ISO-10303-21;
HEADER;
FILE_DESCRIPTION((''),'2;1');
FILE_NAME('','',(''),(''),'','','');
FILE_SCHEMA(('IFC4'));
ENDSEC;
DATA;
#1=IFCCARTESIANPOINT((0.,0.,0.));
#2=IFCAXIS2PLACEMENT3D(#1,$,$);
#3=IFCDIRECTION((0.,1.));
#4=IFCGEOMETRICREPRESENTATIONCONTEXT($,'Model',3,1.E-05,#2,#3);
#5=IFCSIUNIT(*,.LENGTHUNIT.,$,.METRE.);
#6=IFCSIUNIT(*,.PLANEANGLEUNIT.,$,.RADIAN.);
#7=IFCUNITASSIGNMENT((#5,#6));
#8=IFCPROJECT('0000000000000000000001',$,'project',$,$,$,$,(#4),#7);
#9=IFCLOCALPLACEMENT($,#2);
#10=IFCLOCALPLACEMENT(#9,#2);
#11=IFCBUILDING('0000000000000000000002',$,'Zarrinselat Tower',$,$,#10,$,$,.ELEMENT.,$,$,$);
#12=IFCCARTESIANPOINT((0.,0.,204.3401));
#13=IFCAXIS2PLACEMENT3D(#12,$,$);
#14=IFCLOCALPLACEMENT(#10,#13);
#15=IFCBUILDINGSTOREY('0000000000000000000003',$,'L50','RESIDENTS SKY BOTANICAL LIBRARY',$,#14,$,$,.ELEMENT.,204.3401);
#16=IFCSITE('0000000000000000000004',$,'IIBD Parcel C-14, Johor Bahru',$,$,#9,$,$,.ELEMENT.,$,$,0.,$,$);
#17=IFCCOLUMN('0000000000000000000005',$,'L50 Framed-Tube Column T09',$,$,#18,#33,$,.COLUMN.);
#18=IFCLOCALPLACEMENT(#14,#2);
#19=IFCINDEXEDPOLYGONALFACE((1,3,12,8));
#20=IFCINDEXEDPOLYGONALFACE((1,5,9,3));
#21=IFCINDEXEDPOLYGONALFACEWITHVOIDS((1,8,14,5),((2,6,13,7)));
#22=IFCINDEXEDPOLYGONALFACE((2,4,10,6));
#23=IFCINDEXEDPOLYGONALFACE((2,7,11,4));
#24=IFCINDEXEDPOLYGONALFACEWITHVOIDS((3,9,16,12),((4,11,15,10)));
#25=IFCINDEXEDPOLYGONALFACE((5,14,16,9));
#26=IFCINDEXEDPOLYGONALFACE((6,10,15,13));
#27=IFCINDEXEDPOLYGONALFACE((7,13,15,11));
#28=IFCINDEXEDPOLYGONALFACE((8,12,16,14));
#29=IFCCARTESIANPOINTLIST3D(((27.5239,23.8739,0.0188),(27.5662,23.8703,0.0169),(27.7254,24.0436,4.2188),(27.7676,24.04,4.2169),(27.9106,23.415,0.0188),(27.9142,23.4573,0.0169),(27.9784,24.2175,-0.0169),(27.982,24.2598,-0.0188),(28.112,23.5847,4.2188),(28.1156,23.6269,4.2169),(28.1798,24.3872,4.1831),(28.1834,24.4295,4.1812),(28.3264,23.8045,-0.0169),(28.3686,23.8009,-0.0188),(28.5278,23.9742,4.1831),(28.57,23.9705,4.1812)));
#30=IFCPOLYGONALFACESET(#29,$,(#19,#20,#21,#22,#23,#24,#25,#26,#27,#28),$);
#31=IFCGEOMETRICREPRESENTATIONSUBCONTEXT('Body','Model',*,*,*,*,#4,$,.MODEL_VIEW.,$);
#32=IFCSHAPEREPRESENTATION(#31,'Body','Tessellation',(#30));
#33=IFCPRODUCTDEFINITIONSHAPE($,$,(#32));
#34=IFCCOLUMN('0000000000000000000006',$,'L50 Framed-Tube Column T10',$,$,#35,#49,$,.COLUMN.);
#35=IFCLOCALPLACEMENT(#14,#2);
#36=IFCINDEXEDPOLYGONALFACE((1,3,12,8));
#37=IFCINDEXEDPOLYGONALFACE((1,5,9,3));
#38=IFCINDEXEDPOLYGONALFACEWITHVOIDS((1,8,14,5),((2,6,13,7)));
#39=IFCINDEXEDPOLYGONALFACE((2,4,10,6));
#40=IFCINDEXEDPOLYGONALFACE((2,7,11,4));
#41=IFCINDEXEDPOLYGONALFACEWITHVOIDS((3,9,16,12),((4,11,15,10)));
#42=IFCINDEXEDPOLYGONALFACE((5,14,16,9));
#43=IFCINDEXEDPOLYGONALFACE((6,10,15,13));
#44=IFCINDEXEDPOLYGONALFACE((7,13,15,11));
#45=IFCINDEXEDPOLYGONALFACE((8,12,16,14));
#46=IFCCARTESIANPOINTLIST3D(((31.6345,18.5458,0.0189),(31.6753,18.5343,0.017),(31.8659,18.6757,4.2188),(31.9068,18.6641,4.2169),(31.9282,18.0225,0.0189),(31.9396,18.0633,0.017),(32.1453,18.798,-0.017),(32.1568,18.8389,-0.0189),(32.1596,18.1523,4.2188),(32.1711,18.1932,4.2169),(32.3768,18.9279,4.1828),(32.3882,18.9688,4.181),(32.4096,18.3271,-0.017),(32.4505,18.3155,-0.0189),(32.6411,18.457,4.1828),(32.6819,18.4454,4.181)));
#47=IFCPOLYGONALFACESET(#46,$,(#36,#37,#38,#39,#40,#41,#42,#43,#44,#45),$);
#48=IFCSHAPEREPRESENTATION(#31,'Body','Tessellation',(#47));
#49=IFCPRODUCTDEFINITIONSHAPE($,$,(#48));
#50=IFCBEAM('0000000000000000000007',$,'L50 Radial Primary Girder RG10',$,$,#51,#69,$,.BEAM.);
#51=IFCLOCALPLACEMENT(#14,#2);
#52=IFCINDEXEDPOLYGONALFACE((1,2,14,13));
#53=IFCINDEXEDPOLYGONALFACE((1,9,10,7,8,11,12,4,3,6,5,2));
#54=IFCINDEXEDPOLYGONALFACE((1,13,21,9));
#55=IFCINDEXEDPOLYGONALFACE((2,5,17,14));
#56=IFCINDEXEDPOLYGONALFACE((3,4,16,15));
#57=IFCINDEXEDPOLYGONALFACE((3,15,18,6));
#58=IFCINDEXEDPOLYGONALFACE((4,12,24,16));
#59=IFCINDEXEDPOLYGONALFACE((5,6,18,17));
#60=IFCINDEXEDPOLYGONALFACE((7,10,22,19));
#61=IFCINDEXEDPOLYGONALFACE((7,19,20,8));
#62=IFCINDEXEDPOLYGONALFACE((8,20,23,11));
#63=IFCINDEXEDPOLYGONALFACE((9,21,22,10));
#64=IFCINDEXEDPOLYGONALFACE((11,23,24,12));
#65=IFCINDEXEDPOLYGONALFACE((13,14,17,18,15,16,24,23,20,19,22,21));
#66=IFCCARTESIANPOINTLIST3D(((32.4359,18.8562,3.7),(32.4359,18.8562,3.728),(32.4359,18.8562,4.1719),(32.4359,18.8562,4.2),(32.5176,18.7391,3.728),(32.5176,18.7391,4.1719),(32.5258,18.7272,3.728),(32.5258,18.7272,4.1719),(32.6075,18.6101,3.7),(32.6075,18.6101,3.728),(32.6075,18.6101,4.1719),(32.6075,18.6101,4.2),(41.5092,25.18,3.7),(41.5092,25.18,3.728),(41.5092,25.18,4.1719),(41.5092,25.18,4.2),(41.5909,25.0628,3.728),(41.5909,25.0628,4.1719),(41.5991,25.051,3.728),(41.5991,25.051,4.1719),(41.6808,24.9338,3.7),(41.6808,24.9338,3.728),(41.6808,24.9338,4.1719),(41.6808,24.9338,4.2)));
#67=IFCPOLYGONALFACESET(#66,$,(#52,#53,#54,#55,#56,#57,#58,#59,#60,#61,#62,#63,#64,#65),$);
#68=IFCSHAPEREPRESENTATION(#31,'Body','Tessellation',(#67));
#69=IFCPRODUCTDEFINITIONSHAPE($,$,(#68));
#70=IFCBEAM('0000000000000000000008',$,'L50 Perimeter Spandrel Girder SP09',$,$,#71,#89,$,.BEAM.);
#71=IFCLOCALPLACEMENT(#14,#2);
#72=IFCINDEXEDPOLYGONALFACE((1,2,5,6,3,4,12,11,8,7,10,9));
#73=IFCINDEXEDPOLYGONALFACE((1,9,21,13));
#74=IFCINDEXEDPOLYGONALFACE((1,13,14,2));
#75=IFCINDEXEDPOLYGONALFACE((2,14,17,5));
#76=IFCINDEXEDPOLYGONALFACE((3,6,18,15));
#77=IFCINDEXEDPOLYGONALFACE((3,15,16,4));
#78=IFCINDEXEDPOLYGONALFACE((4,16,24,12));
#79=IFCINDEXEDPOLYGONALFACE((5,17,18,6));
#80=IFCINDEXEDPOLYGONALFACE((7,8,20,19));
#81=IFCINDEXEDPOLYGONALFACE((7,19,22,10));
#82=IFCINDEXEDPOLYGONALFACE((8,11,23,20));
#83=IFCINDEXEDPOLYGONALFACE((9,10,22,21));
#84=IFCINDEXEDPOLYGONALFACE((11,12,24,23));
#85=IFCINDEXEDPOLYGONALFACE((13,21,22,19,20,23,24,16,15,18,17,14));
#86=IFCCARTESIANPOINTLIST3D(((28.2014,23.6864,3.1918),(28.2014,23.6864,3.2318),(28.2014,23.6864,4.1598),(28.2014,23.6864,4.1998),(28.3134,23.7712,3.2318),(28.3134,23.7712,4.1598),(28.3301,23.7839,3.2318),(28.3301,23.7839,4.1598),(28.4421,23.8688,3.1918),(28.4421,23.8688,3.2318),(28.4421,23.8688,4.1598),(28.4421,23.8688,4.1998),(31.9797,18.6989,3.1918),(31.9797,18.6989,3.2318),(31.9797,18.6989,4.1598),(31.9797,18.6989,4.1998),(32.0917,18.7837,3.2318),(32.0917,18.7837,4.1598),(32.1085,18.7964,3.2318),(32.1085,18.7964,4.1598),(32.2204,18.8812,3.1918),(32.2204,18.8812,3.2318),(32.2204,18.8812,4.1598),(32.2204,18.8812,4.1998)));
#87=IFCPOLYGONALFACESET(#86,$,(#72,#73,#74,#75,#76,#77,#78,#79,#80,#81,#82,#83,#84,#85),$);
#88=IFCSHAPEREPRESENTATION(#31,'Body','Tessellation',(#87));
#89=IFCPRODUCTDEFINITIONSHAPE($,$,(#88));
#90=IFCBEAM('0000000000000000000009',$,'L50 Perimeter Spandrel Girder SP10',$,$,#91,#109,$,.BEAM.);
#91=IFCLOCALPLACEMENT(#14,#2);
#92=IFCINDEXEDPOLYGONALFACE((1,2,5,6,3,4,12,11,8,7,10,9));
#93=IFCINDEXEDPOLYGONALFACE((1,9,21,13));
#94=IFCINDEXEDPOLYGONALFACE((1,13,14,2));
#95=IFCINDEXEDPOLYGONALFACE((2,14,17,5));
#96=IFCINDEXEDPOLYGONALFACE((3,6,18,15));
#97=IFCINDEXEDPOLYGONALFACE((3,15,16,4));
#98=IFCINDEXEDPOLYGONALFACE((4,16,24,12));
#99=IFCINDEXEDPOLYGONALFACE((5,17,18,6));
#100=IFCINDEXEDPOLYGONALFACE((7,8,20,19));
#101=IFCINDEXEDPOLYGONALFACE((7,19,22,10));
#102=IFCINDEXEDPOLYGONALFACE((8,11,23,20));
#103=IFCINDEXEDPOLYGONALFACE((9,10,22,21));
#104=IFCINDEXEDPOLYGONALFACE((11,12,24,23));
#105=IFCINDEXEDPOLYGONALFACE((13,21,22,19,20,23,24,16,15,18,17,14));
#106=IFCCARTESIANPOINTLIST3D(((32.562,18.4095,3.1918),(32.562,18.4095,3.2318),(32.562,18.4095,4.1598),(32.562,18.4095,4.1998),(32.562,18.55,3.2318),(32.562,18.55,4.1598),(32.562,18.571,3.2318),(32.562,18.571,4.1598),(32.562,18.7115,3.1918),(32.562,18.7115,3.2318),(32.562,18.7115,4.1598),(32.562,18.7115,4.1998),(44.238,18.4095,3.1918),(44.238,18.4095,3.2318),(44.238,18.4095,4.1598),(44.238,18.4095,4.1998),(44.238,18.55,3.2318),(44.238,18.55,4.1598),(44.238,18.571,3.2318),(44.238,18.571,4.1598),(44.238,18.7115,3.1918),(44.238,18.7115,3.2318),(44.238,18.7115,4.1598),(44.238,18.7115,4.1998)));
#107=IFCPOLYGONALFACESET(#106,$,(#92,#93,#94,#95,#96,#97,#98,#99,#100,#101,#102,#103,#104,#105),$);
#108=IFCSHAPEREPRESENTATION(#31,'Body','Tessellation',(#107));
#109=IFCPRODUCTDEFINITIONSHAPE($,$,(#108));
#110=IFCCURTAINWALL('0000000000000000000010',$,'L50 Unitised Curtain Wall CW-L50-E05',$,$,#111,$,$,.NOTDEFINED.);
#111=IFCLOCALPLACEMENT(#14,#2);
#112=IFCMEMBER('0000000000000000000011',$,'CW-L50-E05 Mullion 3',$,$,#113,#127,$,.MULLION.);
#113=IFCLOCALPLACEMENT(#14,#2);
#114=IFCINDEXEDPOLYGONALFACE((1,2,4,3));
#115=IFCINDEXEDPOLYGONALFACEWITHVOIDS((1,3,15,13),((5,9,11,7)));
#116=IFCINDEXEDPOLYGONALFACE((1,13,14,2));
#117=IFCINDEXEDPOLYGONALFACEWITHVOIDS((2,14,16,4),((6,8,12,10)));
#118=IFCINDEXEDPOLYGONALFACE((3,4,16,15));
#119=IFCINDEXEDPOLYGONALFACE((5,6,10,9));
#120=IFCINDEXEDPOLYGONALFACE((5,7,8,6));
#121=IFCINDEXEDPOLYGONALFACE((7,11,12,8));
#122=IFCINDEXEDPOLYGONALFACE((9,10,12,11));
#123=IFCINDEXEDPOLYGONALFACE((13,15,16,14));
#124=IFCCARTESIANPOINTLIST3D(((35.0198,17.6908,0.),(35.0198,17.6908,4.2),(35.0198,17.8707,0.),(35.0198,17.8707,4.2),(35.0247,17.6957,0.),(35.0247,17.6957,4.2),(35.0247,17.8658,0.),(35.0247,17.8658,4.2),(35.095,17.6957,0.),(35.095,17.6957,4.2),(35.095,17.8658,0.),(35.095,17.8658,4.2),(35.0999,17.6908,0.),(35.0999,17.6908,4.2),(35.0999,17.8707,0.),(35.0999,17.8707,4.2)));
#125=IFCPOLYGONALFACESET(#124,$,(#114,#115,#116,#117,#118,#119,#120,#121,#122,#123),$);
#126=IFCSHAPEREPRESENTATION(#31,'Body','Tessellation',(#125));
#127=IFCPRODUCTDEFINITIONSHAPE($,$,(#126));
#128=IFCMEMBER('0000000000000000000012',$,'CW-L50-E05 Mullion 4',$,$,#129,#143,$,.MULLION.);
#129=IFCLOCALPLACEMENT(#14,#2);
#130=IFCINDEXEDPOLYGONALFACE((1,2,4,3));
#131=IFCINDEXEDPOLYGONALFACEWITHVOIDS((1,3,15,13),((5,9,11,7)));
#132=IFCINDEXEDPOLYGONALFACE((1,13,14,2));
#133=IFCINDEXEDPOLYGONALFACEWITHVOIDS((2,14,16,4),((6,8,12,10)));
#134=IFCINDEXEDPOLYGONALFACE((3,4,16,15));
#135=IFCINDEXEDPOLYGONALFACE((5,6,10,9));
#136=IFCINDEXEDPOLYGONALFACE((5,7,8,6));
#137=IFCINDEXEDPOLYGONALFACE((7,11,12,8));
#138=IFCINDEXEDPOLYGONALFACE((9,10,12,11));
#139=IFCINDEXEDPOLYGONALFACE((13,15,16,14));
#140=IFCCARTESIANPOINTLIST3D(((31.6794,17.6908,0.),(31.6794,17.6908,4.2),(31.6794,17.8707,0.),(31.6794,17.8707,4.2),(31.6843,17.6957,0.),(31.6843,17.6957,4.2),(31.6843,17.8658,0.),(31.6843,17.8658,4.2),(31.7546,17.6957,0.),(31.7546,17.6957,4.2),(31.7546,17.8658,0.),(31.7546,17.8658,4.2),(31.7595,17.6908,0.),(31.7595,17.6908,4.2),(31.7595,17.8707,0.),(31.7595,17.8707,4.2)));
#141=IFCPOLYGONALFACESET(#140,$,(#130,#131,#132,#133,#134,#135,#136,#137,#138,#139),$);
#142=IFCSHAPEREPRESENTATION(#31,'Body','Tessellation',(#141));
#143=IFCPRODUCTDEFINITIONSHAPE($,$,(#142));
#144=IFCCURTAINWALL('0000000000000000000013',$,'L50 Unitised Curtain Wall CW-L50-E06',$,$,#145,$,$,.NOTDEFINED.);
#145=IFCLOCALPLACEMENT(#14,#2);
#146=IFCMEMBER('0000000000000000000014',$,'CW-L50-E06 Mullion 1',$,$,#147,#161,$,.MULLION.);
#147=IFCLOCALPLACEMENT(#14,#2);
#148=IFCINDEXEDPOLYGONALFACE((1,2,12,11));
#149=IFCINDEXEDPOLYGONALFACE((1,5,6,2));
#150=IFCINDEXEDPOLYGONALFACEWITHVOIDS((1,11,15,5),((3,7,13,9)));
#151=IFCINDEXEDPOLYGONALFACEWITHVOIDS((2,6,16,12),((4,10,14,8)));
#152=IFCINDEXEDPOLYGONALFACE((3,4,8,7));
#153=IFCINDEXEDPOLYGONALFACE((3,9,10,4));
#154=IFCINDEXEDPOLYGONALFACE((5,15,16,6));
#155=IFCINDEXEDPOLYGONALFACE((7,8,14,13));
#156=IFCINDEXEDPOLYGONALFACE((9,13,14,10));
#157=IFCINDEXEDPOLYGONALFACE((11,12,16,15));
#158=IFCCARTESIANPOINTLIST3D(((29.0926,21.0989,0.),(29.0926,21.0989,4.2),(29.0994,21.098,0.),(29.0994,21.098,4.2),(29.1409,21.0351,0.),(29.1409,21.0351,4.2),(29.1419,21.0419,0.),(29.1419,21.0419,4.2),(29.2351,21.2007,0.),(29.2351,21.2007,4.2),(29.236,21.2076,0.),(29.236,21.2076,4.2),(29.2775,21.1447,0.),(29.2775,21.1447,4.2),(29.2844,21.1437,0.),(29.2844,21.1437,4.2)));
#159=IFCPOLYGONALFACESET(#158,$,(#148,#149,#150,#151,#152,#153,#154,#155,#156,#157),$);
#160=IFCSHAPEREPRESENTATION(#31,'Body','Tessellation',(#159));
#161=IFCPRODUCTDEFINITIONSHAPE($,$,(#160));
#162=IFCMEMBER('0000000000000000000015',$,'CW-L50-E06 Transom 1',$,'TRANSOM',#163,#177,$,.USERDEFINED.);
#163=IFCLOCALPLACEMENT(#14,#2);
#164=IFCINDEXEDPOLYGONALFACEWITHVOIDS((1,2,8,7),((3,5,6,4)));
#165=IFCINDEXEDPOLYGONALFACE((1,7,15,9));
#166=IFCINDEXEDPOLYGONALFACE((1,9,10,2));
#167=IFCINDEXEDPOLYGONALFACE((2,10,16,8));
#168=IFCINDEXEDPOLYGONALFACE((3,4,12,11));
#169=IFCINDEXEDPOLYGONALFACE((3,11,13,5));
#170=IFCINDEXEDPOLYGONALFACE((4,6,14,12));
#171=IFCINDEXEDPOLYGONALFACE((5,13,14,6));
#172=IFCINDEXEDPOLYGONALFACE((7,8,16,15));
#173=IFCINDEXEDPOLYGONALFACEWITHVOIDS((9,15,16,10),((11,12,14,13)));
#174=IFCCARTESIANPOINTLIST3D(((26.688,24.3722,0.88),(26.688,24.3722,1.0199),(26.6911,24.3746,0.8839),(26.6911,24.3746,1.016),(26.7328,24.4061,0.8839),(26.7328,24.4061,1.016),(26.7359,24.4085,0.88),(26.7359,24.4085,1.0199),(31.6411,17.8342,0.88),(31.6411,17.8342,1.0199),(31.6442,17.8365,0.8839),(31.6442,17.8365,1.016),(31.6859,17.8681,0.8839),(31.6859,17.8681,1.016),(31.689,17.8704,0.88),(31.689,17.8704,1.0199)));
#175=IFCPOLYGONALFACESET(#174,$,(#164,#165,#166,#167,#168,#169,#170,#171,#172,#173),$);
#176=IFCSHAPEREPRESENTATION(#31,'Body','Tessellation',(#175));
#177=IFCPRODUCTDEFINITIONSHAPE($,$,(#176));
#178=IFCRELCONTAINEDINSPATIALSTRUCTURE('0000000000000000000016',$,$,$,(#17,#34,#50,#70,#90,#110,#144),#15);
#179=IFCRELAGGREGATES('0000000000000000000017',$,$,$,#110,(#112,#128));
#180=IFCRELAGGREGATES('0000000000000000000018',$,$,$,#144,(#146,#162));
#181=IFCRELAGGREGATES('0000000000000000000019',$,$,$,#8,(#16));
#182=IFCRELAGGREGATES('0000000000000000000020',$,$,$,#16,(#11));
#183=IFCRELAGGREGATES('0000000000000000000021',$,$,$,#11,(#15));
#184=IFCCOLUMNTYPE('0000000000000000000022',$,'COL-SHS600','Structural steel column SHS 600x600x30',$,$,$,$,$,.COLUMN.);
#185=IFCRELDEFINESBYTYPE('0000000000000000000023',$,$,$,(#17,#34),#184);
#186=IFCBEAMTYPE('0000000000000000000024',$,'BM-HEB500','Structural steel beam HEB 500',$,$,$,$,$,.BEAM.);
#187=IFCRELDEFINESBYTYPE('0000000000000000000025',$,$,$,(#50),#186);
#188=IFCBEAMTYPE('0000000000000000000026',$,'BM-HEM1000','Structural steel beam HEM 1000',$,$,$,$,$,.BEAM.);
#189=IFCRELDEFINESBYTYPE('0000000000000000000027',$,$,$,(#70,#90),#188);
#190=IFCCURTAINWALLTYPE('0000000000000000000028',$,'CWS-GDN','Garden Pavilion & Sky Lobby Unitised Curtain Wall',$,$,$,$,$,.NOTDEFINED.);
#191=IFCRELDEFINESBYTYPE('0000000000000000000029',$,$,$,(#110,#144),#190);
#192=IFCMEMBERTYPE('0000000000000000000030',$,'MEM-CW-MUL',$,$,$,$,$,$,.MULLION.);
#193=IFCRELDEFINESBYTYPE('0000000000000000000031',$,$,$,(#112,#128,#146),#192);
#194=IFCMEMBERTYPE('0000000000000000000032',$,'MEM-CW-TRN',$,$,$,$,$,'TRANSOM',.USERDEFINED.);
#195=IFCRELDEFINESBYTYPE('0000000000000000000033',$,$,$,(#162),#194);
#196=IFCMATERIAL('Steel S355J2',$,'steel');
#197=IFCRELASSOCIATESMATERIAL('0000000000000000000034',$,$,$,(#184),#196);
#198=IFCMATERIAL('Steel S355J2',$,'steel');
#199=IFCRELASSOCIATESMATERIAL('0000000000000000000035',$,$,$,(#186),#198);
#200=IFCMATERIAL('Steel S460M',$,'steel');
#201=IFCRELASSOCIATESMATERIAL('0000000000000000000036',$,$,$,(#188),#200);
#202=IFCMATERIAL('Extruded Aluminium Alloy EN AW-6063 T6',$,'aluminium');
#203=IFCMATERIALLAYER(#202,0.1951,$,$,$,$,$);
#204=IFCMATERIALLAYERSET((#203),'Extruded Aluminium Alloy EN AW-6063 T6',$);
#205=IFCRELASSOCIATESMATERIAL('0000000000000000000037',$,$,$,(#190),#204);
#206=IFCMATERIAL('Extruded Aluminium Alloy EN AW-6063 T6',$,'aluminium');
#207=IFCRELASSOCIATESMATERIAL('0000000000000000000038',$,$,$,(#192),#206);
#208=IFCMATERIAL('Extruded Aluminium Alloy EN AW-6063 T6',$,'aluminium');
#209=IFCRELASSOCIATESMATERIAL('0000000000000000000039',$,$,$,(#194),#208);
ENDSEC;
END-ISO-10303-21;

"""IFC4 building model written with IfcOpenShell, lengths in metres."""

from ifc_helpers import new_model, si_unit, direction, frame, origin, origin_2d, place, context, subcontext, project, spatial, hollow_rectangle, i_section, extrude, material, layer, layer_set, material_profile, profile_set, type_object, element, aggregate, save


model = new_model("IFC4")

# Units and contexts
model_context = context("Model", 3, precision=1e-05, world=origin(), true_north=direction((0.0, 1.0)))
body_context = subcontext(model_context, "Body", "Model", "MODEL_VIEW")
ifc_project = project(units=[si_unit("LENGTHUNIT", "METRE"), si_unit("PLANEANGLEUNIT", "RADIAN")], contexts=[model_context])

# Site, building, storey
site_placement = place(None, origin())
site = spatial("IfcSite", under=ifc_project, at=site_placement, Name="IIBD Parcel C-14, Johor Bahru", CompositionType="ELEMENT", RefElevation=0.0)
building_placement = place(site_placement, origin())
building = spatial("IfcBuilding", under=site, at=building_placement, Name="Zarrinselat Tower", CompositionType="ELEMENT")
storey_placement = place(building_placement, frame((0.0, 0.0, 204.3401)))
storey = spatial("IfcBuildingStorey", under=building, at=storey_placement, Name="L50", Description="RESIDENTS SKY BOTANICAL LIBRARY", CompositionType="ELEMENT", Elevation=204.3401)

# Columns
ifc_material_1 = material(Name="Steel S355J2", Category="steel")
ifc_material_profile_1 = material_profile(ifc_material_1, hollow_rectangle(XDim=0.6001, YDim=0.6001, WallThickness=0.03, at=origin_2d()), Name="SHS 600x600x30")
ifc_profile_set_1 = profile_set([ifc_material_profile_1], Name="Steel S355J2")
column_type = type_object("IfcColumnType", Name="COL-SHS600", Description="Structural steel column SHS 600x600x30", PredefinedType="COLUMN", material=ifc_profile_set_1)
for number, where, z_axis, x_axis, name in (
    (1, (27.9463, 23.8374, 0.0), (0.047863, 0.040321, 0.99804), (-0.644278, 0.764791, 0.0), "L50 Framed-Tube Column T09"),
    (2, (32.0425, 18.4307, 0.0), (0.054997, 0.030863, 0.998009), (-0.489387, 0.872066, 0.0), "L50 Framed-Tube Column T10"),
):
    element("IfcColumn", number, at=place(storey_placement, frame(where, z_axis=z_axis, x_axis=x_axis)), inside=storey, type_object=column_type, Name=name, PredefinedType="COLUMN", context=body_context, shape_type="SweptSolid", body=[
        extrude(hollow_rectangle(XDim=0.6001, YDim=0.6001, WallThickness=0.03, at=origin_2d()), origin(), (0.0, 0.0, 1.0), 4.2083),
    ])

# Beams
ifc_material_2 = material(Name="Steel S355J2", Category="steel")
ifc_material_profile_2 = material_profile(ifc_material_2, i_section(OverallWidth=0.3, OverallDepth=0.5, WebThickness=0.0144, FlangeThickness=0.0281, at=origin_2d()), Name="HEB 500")
ifc_profile_set_2 = profile_set([ifc_material_profile_2], Name="Steel S355J2")
beam_type_1 = type_object("IfcBeamType", Name="BM-HEB500", Description="Structural steel beam HEB 500", PredefinedType="BEAM", material=ifc_profile_set_2)
beam_1_placement = place(storey_placement, frame((32.5217, 18.7332, 3.95), z_axis=(0.8204, 0.57179, 0.0), x_axis=(-0.57179, 0.8204, 0.0)))
element("IfcBeam", 3, at=beam_1_placement, inside=storey, type_object=beam_type_1, Name="L50 Radial Primary Girder RG10", PredefinedType="BEAM", context=body_context, shape_type="SweptSolid", body=[
    extrude(i_section(OverallWidth=0.3, OverallDepth=0.5, WebThickness=0.0144, FlangeThickness=0.0281, at=origin_2d()), origin(), (0.0, 0.0, 1.0), 11.0596),
])
ifc_material_3 = material(Name="Steel S460M", Category="steel")
ifc_material_profile_3 = material_profile(ifc_material_3, i_section(OverallWidth=0.302, OverallDepth=1.0081, WebThickness=0.021, FlangeThickness=0.04, at=origin_2d()), Name="HEM 1000")
ifc_profile_set_3 = profile_set([ifc_material_profile_3], Name="Steel S460M")
beam_type_2 = type_object("IfcBeamType", Name="BM-HEM1000", Description="Structural steel beam HEM 1000", PredefinedType="BEAM", material=ifc_profile_set_3)
beam_2_placement = place(storey_placement, frame((28.3218, 23.7776, 3.6958), z_axis=(0.603845, -0.797102, 0.0), x_axis=(0.797102, 0.603845, 0.0)))
element("IfcBeam", 4, at=beam_2_placement, inside=storey, type_object=beam_type_2, Name="L50 Perimeter Spandrel Girder SP09", PredefinedType="BEAM", context=body_context, shape_type="SweptSolid", body=[
    extrude(i_section(OverallWidth=0.302, OverallDepth=1.0081, WebThickness=0.021, FlangeThickness=0.04, at=origin_2d()), origin(), (0.0, 0.0, 1.0), 6.2571),
])
beam_3_placement = place(storey_placement, frame((32.562, 18.5605, 3.6958), z_axis=(1.0, 0.0, 0.0), x_axis=(0.0, 1.0, 0.0)))
element("IfcBeam", 5, at=beam_3_placement, inside=storey, type_object=beam_type_2, Name="L50 Perimeter Spandrel Girder SP10", PredefinedType="BEAM", context=body_context, shape_type="SweptSolid", body=[
    extrude(i_section(OverallWidth=0.302, OverallDepth=1.0081, WebThickness=0.021, FlangeThickness=0.04, at=origin_2d()), origin(), (0.0, 0.0, 1.0), 11.676),
])

# Curtain walls, members
ifc_material_4 = material(Name="Extruded Aluminium Alloy EN AW-6063 T6", Category="aluminium")
ifc_layer_1 = layer(ifc_material_4, 0.1951)
ifc_layer_set_1 = layer_set([ifc_layer_1], Name="Extruded Aluminium Alloy EN AW-6063 T6")
curtain_wall_type = type_object("IfcCurtainWallType", Name="CWS-GDN", Description="Garden Pavilion & Sky Lobby Unitised Curtain Wall", PredefinedType="NOTDEFINED", material=ifc_layer_set_1)
curtain_wall_1_placement = place(storey_placement, origin())
curtain_wall_1 = element("IfcCurtainWall", 6, at=curtain_wall_1_placement, inside=storey, type_object=curtain_wall_type, Name="L50 Unitised Curtain Wall CW-L50-E05", PredefinedType="NOTDEFINED")
ifc_material_5 = material(Name="Extruded Aluminium Alloy EN AW-6063 T6", Category="aluminium")
ifc_material_profile_4 = material_profile(ifc_material_5, hollow_rectangle(XDim=0.0801, YDim=0.1799, WallThickness=0.0049, at=origin_2d()), Name="RHS 180x80x5")
ifc_profile_set_4 = profile_set([ifc_material_profile_4], Name="Extruded Aluminium Alloy EN AW-6063 T6")
member_type_1 = type_object("IfcMemberType", Name="MEM-CW-MUL", PredefinedType="MULLION", material=ifc_profile_set_4)
member_1_placement = place(storey_placement, frame((35.0598, 17.7808, 0.0), z_axis=(0.0, 0.0, 1.0), x_axis=(-1.0, 0.0, 0.0)))
member_1 = element("IfcMember", 7, at=member_1_placement, type_object=member_type_1, Name="CW-L50-E05 Mullion 3", PredefinedType="MULLION", context=body_context, shape_type="SweptSolid", body=[
    extrude(hollow_rectangle(XDim=0.0801, YDim=0.1799, WallThickness=0.0049, at=origin_2d()), origin(), (0.0, 0.0, 1.0), 4.2),
])
member_2_placement = place(storey_placement, frame((31.7195, 17.7808, 0.0), z_axis=(0.0, 0.0, 1.0), x_axis=(-1.0, 0.0, 0.0)))
member_2 = element("IfcMember", 8, at=member_2_placement, type_object=member_type_1, Name="CW-L50-E05 Mullion 4", PredefinedType="MULLION", context=body_context, shape_type="SweptSolid", body=[
    extrude(hollow_rectangle(XDim=0.0801, YDim=0.1799, WallThickness=0.0049, at=origin_2d()), origin(), (0.0, 0.0, 1.0), 4.2),
])
curtain_wall_2_placement = place(storey_placement, origin())
curtain_wall_2 = element("IfcCurtainWall", 9, at=curtain_wall_2_placement, inside=storey, type_object=curtain_wall_type, Name="L50 Unitised Curtain Wall CW-L50-E06", PredefinedType="NOTDEFINED")
member_3_placement = place(storey_placement, frame((29.1885, 21.1213, 0.0), z_axis=(0.0, 0.0, 1.0), x_axis=(-0.603858, 0.797092, 0.0)))
member_3 = element("IfcMember", 10, at=member_3_placement, type_object=member_type_1, Name="CW-L50-E06 Mullion 1", PredefinedType="MULLION", context=body_context, shape_type="SweptSolid", body=[
    extrude(hollow_rectangle(XDim=0.0801, YDim=0.1799, WallThickness=0.0049, at=origin_2d()), origin(), (0.0, 0.0, 1.0), 4.2),
])
ifc_material_6 = material(Name="Extruded Aluminium Alloy EN AW-6063 T6", Category="aluminium")
ifc_material_profile_5 = material_profile(ifc_material_6, hollow_rectangle(XDim=0.0601, YDim=0.1399, WallThickness=0.0039, at=origin_2d()), Name="RHS 140x60x4")
ifc_profile_set_5 = profile_set([ifc_material_profile_5], Name="Extruded Aluminium Alloy EN AW-6063 T6")
member_type_2 = type_object("IfcMemberType", Name="MEM-CW-TRN", ElementType="TRANSOM", PredefinedType="USERDEFINED", material=ifc_profile_set_5)
member_4_placement = place(storey_placement, frame((31.665, 17.8523, 0.95), z_axis=(-0.60386, 0.79709, 0.0), x_axis=(-0.79709, -0.60386, 0.0)))
member_4 = element("IfcMember", 11, at=member_4_placement, type_object=member_type_2, Name="CW-L50-E06 Transom 1", ObjectType="TRANSOM", PredefinedType="USERDEFINED", context=body_context, shape_type="SweptSolid", body=[
    extrude(hollow_rectangle(XDim=0.0601, YDim=0.1399, WallThickness=0.0039, at=origin_2d()), origin(), (0.0, 0.0, 1.0), 8.2024),
])

aggregate(curtain_wall_1, [member_1, member_2])
aggregate(curtain_wall_2, [member_3, member_4])

save(model, "model.ifc")
